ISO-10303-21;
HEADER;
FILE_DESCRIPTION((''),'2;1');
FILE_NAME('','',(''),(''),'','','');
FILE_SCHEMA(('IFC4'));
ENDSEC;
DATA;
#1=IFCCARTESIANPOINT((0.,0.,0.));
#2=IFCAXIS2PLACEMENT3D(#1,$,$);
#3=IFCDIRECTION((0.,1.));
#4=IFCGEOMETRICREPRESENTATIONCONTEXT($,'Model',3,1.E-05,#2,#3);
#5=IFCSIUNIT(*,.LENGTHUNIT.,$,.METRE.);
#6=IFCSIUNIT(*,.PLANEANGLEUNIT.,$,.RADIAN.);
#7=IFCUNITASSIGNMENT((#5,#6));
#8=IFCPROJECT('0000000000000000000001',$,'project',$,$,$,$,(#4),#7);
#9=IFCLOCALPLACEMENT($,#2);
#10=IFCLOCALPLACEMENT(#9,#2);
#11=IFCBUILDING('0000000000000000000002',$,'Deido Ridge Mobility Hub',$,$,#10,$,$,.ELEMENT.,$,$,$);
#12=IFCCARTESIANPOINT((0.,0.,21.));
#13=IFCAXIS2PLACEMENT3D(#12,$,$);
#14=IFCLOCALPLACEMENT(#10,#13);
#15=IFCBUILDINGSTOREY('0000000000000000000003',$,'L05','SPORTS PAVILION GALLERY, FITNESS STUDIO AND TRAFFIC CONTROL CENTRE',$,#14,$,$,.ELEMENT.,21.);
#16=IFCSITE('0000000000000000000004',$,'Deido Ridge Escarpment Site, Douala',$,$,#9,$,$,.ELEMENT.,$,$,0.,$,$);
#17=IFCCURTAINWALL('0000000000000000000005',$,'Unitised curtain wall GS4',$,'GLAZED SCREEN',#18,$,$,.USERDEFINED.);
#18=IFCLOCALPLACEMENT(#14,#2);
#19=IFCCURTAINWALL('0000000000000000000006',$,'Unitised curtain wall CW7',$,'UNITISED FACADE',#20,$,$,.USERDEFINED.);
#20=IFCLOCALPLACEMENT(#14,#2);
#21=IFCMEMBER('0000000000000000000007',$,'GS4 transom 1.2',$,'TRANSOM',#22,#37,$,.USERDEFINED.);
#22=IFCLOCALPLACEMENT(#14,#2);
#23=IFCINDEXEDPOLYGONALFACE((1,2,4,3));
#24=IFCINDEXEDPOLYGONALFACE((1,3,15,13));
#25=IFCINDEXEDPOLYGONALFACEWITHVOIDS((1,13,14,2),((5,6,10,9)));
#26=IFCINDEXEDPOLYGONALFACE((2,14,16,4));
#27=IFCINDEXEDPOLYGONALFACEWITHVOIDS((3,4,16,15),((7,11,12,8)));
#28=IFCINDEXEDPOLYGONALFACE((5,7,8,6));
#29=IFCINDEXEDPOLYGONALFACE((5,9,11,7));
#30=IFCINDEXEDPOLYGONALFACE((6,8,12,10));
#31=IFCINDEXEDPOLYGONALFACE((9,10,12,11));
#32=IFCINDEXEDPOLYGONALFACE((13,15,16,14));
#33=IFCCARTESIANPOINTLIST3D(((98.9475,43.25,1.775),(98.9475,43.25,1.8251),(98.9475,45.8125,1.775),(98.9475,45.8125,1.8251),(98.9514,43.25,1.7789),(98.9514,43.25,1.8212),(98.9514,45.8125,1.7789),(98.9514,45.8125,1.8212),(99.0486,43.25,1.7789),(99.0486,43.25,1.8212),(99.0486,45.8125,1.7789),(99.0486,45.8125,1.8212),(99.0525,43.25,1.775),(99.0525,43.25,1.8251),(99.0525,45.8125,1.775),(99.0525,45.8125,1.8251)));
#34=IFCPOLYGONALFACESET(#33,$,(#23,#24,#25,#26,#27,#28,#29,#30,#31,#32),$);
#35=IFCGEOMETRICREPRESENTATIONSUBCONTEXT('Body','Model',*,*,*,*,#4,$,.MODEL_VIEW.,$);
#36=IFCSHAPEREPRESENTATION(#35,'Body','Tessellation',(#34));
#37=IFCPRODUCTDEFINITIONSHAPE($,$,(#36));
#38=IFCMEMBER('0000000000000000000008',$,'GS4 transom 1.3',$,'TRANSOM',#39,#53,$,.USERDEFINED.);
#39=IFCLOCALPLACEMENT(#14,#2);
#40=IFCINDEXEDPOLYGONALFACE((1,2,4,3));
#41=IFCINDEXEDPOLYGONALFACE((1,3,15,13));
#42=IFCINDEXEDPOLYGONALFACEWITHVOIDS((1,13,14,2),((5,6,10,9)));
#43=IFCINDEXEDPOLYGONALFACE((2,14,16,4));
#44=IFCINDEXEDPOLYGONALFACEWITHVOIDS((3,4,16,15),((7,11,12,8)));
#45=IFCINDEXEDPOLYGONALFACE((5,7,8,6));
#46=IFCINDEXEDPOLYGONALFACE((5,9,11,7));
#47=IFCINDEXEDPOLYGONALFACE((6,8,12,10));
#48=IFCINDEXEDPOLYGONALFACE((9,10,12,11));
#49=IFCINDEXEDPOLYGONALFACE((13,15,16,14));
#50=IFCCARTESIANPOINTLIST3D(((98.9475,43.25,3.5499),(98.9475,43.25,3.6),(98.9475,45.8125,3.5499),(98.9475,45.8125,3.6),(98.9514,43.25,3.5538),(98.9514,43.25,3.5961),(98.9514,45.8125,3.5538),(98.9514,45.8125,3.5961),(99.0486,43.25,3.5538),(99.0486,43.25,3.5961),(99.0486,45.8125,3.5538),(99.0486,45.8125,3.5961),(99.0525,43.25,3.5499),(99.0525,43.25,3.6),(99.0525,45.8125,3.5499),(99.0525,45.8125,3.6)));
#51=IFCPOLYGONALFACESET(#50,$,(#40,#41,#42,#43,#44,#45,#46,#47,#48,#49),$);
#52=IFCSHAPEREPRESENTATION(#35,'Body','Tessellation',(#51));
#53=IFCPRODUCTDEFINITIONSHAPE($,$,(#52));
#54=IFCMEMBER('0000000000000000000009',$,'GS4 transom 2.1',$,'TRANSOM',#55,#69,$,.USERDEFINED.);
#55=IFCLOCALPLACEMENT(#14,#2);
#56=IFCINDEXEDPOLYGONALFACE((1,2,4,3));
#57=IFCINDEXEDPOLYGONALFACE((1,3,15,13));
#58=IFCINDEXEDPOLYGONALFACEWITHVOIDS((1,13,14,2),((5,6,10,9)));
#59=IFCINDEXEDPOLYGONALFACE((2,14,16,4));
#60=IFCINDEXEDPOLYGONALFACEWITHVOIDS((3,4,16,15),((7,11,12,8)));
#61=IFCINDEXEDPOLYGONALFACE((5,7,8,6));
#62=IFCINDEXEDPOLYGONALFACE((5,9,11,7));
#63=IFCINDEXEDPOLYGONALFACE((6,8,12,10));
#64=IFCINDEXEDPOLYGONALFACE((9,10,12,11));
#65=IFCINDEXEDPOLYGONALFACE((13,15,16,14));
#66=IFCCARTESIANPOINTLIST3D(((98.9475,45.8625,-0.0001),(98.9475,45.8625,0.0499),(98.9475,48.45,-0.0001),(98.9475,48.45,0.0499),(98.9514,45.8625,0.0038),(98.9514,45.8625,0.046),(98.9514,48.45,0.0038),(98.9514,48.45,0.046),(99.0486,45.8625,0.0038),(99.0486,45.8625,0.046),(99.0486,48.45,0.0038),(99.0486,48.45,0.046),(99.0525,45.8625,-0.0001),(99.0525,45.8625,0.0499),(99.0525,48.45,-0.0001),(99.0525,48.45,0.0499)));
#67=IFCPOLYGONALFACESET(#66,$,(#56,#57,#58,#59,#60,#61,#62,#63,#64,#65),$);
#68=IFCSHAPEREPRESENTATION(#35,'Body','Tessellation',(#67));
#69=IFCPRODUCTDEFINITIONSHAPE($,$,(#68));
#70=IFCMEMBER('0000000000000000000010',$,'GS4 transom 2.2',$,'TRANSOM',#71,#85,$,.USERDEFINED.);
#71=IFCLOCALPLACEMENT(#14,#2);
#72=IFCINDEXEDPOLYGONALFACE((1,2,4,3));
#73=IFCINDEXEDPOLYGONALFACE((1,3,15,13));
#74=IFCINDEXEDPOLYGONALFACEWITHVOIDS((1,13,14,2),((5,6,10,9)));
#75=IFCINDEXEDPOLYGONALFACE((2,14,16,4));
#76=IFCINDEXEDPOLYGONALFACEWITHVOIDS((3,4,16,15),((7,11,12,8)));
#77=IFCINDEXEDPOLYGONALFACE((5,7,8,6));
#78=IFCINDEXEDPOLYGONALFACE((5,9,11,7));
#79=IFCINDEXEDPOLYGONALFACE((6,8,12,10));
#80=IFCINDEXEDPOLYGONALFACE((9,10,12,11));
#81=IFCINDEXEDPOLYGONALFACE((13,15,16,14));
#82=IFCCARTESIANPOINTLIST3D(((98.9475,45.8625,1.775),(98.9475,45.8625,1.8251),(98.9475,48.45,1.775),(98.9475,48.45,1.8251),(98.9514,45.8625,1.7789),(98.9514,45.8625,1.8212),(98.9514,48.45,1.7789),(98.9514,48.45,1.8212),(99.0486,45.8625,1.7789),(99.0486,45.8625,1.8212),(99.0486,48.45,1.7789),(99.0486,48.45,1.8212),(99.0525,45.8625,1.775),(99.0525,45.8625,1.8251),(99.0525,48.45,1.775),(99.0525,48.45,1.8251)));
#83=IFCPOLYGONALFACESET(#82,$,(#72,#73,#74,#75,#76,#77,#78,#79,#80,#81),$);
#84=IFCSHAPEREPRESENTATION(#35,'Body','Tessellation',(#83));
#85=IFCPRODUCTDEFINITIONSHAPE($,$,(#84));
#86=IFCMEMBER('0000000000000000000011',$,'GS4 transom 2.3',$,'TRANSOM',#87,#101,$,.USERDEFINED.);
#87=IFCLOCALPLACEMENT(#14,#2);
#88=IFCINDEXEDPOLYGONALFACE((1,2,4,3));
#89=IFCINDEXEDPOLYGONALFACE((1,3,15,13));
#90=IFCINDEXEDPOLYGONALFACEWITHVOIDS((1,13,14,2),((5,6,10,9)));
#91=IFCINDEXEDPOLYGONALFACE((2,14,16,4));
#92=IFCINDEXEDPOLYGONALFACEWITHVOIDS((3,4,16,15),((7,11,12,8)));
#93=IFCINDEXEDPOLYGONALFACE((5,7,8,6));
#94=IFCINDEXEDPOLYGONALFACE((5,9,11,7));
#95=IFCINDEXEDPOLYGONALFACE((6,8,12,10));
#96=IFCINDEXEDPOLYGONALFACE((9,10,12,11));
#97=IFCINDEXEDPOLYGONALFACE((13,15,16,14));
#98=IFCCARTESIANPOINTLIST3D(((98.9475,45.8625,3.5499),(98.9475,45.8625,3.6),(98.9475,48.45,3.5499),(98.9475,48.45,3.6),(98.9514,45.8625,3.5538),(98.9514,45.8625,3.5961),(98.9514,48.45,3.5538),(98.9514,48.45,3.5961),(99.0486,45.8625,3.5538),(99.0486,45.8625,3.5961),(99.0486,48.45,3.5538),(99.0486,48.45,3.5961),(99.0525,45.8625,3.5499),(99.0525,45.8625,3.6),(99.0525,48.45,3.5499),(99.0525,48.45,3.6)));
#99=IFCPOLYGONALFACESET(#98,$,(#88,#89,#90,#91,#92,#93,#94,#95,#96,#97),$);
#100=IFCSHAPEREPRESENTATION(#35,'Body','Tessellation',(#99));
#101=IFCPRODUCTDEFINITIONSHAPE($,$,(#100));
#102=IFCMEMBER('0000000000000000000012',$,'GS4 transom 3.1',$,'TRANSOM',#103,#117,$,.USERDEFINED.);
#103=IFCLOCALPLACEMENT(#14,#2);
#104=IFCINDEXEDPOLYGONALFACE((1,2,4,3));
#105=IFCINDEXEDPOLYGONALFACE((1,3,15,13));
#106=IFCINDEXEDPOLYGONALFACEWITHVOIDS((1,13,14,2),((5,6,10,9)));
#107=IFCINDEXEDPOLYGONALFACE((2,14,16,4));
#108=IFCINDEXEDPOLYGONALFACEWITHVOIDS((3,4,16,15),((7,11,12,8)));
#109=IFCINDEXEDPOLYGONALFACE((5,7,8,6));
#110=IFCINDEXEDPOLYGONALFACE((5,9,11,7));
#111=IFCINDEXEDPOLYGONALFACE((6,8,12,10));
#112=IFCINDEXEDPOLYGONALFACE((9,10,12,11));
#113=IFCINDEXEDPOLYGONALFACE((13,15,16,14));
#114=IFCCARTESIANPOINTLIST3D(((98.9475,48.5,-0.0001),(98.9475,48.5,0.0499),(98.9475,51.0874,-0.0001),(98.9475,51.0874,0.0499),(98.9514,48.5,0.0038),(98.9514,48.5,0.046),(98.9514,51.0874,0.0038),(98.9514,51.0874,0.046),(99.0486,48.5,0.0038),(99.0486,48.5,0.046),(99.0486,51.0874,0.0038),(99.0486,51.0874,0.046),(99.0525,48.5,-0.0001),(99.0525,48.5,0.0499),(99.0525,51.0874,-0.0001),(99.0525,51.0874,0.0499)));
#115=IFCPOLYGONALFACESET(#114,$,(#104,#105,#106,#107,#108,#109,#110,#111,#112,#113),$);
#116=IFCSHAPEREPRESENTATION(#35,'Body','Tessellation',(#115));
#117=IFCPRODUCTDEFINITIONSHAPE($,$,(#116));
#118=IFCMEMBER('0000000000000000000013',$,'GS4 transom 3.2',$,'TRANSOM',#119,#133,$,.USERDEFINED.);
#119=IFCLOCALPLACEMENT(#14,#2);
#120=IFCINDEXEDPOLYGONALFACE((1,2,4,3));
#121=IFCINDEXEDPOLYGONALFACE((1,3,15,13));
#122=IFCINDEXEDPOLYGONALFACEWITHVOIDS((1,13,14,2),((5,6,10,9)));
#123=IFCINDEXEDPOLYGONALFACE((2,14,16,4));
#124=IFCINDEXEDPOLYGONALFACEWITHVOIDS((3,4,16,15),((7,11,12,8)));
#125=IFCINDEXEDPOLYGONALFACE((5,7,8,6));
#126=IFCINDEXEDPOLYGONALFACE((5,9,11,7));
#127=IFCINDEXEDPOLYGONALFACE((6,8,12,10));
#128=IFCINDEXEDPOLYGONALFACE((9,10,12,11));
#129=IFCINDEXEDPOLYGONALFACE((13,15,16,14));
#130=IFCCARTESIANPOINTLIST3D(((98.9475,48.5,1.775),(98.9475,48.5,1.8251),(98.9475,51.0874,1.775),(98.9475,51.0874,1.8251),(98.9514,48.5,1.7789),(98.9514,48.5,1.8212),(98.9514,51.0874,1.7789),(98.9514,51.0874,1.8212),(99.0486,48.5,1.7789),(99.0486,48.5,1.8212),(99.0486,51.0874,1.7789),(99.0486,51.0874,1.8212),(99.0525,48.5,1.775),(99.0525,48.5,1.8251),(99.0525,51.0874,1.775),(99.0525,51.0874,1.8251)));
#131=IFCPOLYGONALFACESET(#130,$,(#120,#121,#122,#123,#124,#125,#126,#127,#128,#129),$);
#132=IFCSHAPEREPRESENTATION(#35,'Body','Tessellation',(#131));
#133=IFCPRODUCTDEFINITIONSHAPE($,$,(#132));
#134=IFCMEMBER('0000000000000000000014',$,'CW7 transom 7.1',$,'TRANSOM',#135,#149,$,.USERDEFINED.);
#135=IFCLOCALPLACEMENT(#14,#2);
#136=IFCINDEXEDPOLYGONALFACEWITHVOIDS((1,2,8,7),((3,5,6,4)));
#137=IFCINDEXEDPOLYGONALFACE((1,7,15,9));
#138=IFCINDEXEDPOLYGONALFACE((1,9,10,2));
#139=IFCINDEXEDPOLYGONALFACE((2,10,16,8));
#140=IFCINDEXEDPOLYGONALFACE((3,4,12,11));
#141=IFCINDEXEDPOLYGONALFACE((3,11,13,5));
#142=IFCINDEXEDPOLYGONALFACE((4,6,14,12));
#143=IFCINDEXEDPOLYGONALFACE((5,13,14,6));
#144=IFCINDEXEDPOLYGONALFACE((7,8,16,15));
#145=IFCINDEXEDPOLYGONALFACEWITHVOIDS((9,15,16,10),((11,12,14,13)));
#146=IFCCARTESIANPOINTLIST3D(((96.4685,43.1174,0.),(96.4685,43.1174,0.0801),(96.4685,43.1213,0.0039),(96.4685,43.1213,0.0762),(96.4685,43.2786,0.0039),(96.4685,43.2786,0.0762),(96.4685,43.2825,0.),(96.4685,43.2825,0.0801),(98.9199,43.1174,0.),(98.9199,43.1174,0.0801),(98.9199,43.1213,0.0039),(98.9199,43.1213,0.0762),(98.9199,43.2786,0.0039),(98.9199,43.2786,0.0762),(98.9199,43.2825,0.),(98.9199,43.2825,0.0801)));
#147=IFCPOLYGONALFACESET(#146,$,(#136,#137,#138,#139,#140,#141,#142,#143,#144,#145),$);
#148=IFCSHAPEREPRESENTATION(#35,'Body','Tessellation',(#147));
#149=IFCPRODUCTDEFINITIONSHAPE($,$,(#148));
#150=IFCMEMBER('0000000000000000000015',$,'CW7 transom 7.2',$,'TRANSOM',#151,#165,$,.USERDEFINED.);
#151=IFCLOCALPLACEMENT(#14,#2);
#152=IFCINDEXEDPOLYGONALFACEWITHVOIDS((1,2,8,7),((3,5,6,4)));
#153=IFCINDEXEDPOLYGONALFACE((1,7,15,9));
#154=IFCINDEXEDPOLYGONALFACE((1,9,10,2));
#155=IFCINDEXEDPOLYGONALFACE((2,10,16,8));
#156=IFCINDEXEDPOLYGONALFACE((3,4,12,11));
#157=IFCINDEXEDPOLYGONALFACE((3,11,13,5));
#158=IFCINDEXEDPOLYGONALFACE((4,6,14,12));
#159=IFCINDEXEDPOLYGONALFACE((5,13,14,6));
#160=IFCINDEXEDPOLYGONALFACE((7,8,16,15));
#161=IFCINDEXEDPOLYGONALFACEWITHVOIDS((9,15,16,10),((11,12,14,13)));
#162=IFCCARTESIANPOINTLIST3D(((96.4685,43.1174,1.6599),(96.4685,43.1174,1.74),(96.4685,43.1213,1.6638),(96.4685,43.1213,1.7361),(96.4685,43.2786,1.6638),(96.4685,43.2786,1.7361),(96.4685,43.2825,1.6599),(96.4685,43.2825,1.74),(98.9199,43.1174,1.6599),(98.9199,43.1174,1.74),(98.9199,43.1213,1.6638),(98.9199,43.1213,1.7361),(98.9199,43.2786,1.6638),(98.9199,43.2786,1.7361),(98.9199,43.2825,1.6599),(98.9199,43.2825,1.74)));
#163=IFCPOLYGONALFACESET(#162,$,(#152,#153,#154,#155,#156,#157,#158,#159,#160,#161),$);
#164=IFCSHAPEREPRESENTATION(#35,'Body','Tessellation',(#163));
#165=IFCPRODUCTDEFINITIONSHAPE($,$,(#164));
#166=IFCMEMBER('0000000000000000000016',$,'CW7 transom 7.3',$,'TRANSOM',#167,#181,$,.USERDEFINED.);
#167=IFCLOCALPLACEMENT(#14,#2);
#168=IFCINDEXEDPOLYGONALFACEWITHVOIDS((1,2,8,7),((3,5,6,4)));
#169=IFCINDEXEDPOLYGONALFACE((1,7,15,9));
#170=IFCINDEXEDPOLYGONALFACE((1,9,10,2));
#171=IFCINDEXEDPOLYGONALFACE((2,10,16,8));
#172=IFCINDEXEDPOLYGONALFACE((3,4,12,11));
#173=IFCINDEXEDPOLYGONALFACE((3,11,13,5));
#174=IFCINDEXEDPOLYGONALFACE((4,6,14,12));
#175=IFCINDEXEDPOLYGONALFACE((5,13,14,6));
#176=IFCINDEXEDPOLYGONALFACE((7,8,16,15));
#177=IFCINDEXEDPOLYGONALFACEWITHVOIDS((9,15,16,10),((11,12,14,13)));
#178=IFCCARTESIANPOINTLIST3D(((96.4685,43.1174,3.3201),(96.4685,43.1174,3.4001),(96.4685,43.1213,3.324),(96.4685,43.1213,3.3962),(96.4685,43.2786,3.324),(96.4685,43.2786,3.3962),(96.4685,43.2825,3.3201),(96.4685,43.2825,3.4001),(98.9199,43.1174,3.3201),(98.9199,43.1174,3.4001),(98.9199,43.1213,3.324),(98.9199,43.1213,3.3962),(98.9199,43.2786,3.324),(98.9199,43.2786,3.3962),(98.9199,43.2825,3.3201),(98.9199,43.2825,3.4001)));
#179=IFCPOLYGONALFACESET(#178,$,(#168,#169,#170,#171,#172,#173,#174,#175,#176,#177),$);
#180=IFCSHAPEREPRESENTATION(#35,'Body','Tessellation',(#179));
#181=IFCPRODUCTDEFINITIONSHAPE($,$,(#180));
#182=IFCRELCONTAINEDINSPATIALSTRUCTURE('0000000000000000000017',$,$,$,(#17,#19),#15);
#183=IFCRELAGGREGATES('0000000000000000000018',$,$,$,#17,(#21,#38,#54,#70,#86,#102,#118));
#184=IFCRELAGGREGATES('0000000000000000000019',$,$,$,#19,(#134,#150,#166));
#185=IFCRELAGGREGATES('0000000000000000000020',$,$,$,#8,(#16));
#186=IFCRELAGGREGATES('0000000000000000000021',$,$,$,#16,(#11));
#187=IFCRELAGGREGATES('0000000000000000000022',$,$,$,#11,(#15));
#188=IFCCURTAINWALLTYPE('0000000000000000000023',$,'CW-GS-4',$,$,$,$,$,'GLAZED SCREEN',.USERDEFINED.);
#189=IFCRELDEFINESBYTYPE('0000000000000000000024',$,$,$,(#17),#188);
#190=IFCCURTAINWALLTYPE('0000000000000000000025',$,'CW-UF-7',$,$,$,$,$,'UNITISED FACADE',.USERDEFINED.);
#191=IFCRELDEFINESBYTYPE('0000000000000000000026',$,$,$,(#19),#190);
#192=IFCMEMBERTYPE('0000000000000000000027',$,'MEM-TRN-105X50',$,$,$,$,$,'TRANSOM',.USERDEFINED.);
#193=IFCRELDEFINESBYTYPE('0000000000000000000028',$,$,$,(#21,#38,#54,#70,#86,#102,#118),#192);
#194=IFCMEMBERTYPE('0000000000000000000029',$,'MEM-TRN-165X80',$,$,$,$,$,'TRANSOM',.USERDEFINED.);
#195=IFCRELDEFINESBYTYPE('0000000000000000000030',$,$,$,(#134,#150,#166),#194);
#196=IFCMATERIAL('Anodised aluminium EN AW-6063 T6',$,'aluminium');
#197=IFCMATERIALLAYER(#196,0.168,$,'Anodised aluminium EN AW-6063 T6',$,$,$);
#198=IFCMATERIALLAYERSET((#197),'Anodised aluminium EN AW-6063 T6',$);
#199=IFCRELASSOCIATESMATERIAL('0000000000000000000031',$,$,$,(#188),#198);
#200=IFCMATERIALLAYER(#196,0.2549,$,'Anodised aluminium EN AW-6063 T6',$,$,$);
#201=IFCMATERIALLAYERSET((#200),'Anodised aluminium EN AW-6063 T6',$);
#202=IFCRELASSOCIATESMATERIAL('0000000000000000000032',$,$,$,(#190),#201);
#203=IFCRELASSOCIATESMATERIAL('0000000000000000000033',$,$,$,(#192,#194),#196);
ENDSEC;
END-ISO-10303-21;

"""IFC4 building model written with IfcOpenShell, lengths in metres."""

from ifc_helpers import new_model, si_unit, direction, frame, origin, origin_2d, place, context, subcontext, project, spatial, hollow_rectangle, extrude, material, layer, layer_set, material_profile, profile_set, type_object, element, aggregate, save


model = new_model("IFC4")

# Units and contexts
model_context = context("Model", 3, precision=1e-05, world=origin(), true_north=direction((0.0, 1.0)))
body_context = subcontext(model_context, "Body", "Model", "MODEL_VIEW")
ifc_project = project(units=[si_unit("LENGTHUNIT", "METRE"), si_unit("PLANEANGLEUNIT", "RADIAN")], contexts=[model_context])

# Site, building, storey
site_placement = place(None, origin())
site = spatial("IfcSite", under=ifc_project, at=site_placement, Name="Deido Ridge Escarpment Site, Douala", CompositionType="ELEMENT", RefElevation=0.0)
building_placement = place(site_placement, origin())
building = spatial("IfcBuilding", under=site, at=building_placement, Name="Deido Ridge Mobility Hub", CompositionType="ELEMENT")
storey_placement = place(building_placement, frame((0.0, 0.0, 21.0)))
storey = spatial("IfcBuildingStorey", under=building, at=storey_placement, Name="L05", Description="SPORTS PAVILION GALLERY, FITNESS STUDIO AND TRAFFIC CONTROL CENTRE", CompositionType="ELEMENT", Elevation=21.0)

# Curtain wall
ifc_material_1 = material(Name="Anodised aluminium EN AW-6063 T6", Category="aluminium")
ifc_layer_1 = layer(ifc_material_1, 0.168, Name="Anodised aluminium EN AW-6063 T6")
ifc_layer_set_1 = layer_set([ifc_layer_1], Name="Anodised aluminium EN AW-6063 T6")
curtain_wall_type_1 = type_object("IfcCurtainWallType", Name="CW-GS-4", ElementType="GLAZED SCREEN", PredefinedType="USERDEFINED", material=ifc_layer_set_1)
curtain_wall_1_placement = place(storey_placement, origin())
curtain_wall_1 = element("IfcCurtainWall", 1, at=curtain_wall_1_placement, inside=storey, type_object=curtain_wall_type_1, Name="Unitised curtain wall GS4", ObjectType="GLAZED SCREEN", PredefinedType="USERDEFINED")

# Curtain wall
ifc_layer_2 = layer(ifc_material_1, 0.2549, Name="Anodised aluminium EN AW-6063 T6")
ifc_layer_set_2 = layer_set([ifc_layer_2], Name="Anodised aluminium EN AW-6063 T6")
curtain_wall_type_2 = type_object("IfcCurtainWallType", Name="CW-UF-7", ElementType="UNITISED FACADE", PredefinedType="USERDEFINED", material=ifc_layer_set_2)
curtain_wall_2_placement = place(storey_placement, origin())
curtain_wall_2 = element("IfcCurtainWall", 2, at=curtain_wall_2_placement, inside=storey, type_object=curtain_wall_type_2, Name="Unitised curtain wall CW7", ObjectType="UNITISED FACADE", PredefinedType="USERDEFINED")

# Members
ifc_material_profile_1 = material_profile(ifc_material_1, hollow_rectangle(XDim=0.105, YDim=0.05, WallThickness=0.0039, at=origin_2d()), Name="RHS 105x50x4")
ifc_profile_set_1 = profile_set([ifc_material_profile_1], Name="Anodised aluminium EN AW-6063 T6")
member_type_1 = type_object("IfcMemberType", Name="MEM-TRN-105X50", ElementType="TRANSOM", PredefinedType="USERDEFINED", material=ifc_profile_set_1)
member_1_placement = place(storey_placement, frame((99.0, 43.25, 1.8), z_axis=(0.0, 1.0, 0.0), x_axis=(-1.0, 0.0, 0.0)))
member_1 = element("IfcMember", 3, at=member_1_placement, type_object=member_type_1, Name="GS4 transom 1.2", ObjectType="TRANSOM", PredefinedType="USERDEFINED", context=body_context, shape_type="SweptSolid", body=[
    extrude(hollow_rectangle(XDim=0.105, YDim=0.05, WallThickness=0.0039, at=origin_2d()), origin(), (0.0, 0.0, 1.0), 2.5625),
])
member_2_placement = place(storey_placement, frame((99.0, 43.25, 3.575), z_axis=(0.0, 1.0, 0.0), x_axis=(-1.0, 0.0, 0.0)))
member_2 = element("IfcMember", 4, at=member_2_placement, type_object=member_type_1, Name="GS4 transom 1.3", ObjectType="TRANSOM", PredefinedType="USERDEFINED", context=body_context, shape_type="SweptSolid", body=[
    extrude(hollow_rectangle(XDim=0.105, YDim=0.05, WallThickness=0.0039, at=origin_2d()), origin(), (0.0, 0.0, 1.0), 2.5625),
])
member_3_placement = place(storey_placement, frame((99.0, 45.8625, 0.0249), z_axis=(0.0, 1.0, 0.0), x_axis=(-1.0, 0.0, 0.0)))
member_3 = element("IfcMember", 5, at=member_3_placement, type_object=member_type_1, Name="GS4 transom 2.1", ObjectType="TRANSOM", PredefinedType="USERDEFINED", context=body_context, shape_type="SweptSolid", body=[
    extrude(hollow_rectangle(XDim=0.105, YDim=0.05, WallThickness=0.0039, at=origin_2d()), origin(), (0.0, 0.0, 1.0), 2.5874),
])
member_4_placement = place(storey_placement, frame((99.0, 45.8625, 1.8), z_axis=(0.0, 1.0, 0.0), x_axis=(-1.0, 0.0, 0.0)))
member_4 = element("IfcMember", 6, at=member_4_placement, type_object=member_type_1, Name="GS4 transom 2.2", ObjectType="TRANSOM", PredefinedType="USERDEFINED", context=body_context, shape_type="SweptSolid", body=[
    extrude(hollow_rectangle(XDim=0.105, YDim=0.05, WallThickness=0.0039, at=origin_2d()), origin(), (0.0, 0.0, 1.0), 2.5874),
])
member_5_placement = place(storey_placement, frame((99.0, 45.8625, 3.575), z_axis=(0.0, 1.0, 0.0), x_axis=(-1.0, 0.0, 0.0)))
member_5 = element("IfcMember", 7, at=member_5_placement, type_object=member_type_1, Name="GS4 transom 2.3", ObjectType="TRANSOM", PredefinedType="USERDEFINED", context=body_context, shape_type="SweptSolid", body=[
    extrude(hollow_rectangle(XDim=0.105, YDim=0.05, WallThickness=0.0039, at=origin_2d()), origin(), (0.0, 0.0, 1.0), 2.5874),
])
member_6_placement = place(storey_placement, frame((99.0, 48.5, 0.0249), z_axis=(0.0, 1.0, 0.0), x_axis=(-1.0, 0.0, 0.0)))
member_6 = element("IfcMember", 8, at=member_6_placement, type_object=member_type_1, Name="GS4 transom 3.1", ObjectType="TRANSOM", PredefinedType="USERDEFINED", context=body_context, shape_type="SweptSolid", body=[
    extrude(hollow_rectangle(XDim=0.105, YDim=0.05, WallThickness=0.0039, at=origin_2d()), origin(), (0.0, 0.0, 1.0), 2.5874),
])
member_7_placement = place(storey_placement, frame((99.0, 48.5, 1.8), z_axis=(0.0, 1.0, 0.0), x_axis=(-1.0, 0.0, 0.0)))
member_7 = element("IfcMember", 9, at=member_7_placement, type_object=member_type_1, Name="GS4 transom 3.2", ObjectType="TRANSOM", PredefinedType="USERDEFINED", context=body_context, shape_type="SweptSolid", body=[
    extrude(hollow_rectangle(XDim=0.105, YDim=0.05, WallThickness=0.0039, at=origin_2d()), origin(), (0.0, 0.0, 1.0), 2.5874),
])
ifc_material_profile_2 = material_profile(ifc_material_1, hollow_rectangle(XDim=0.165, YDim=0.0801, WallThickness=0.0039, at=origin_2d()), Name="RHS 165x80x4")
ifc_profile_set_2 = profile_set([ifc_material_profile_2], Name="Anodised aluminium EN AW-6063 T6")
member_type_2 = type_object("IfcMemberType", Name="MEM-TRN-165X80", ElementType="TRANSOM", PredefinedType="USERDEFINED", material=ifc_profile_set_2)
member_8_placement = place(storey_placement, frame((96.4685, 43.2, 0.04), z_axis=(1.0, 0.0, 0.0), x_axis=(0.0, 1.0, 0.0)))
member_8 = element("IfcMember", 10, at=member_8_placement, type_object=member_type_2, Name="CW7 transom 7.1", ObjectType="TRANSOM", PredefinedType="USERDEFINED", context=body_context, shape_type="SweptSolid", body=[
    extrude(hollow_rectangle(XDim=0.165, YDim=0.0801, WallThickness=0.0039, at=origin_2d()), origin(), (0.0, 0.0, 1.0), 2.4514),
])
member_9_placement = place(storey_placement, frame((96.4685, 43.2, 1.7), z_axis=(1.0, 0.0, 0.0), x_axis=(0.0, 1.0, 0.0)))
member_9 = element("IfcMember", 11, at=member_9_placement, type_object=member_type_2, Name="CW7 transom 7.2", ObjectType="TRANSOM", PredefinedType="USERDEFINED", context=body_context, shape_type="SweptSolid", body=[
    extrude(hollow_rectangle(XDim=0.165, YDim=0.0801, WallThickness=0.0039, at=origin_2d()), origin(), (0.0, 0.0, 1.0), 2.4514),
])
member_10_placement = place(storey_placement, frame((96.4685, 43.2, 3.3601), z_axis=(1.0, 0.0, 0.0), x_axis=(0.0, 1.0, 0.0)))
member_10 = element("IfcMember", 12, at=member_10_placement, type_object=member_type_2, Name="CW7 transom 7.3", ObjectType="TRANSOM", PredefinedType="USERDEFINED", context=body_context, shape_type="SweptSolid", body=[
    extrude(hollow_rectangle(XDim=0.165, YDim=0.0801, WallThickness=0.0039, at=origin_2d()), origin(), (0.0, 0.0, 1.0), 2.4514),
])

aggregate(curtain_wall_1, [member_1, member_2, member_3, member_4, member_5, member_6, member_7])
aggregate(curtain_wall_2, [member_8, member_9, member_10])

save(model, "model.ifc")
